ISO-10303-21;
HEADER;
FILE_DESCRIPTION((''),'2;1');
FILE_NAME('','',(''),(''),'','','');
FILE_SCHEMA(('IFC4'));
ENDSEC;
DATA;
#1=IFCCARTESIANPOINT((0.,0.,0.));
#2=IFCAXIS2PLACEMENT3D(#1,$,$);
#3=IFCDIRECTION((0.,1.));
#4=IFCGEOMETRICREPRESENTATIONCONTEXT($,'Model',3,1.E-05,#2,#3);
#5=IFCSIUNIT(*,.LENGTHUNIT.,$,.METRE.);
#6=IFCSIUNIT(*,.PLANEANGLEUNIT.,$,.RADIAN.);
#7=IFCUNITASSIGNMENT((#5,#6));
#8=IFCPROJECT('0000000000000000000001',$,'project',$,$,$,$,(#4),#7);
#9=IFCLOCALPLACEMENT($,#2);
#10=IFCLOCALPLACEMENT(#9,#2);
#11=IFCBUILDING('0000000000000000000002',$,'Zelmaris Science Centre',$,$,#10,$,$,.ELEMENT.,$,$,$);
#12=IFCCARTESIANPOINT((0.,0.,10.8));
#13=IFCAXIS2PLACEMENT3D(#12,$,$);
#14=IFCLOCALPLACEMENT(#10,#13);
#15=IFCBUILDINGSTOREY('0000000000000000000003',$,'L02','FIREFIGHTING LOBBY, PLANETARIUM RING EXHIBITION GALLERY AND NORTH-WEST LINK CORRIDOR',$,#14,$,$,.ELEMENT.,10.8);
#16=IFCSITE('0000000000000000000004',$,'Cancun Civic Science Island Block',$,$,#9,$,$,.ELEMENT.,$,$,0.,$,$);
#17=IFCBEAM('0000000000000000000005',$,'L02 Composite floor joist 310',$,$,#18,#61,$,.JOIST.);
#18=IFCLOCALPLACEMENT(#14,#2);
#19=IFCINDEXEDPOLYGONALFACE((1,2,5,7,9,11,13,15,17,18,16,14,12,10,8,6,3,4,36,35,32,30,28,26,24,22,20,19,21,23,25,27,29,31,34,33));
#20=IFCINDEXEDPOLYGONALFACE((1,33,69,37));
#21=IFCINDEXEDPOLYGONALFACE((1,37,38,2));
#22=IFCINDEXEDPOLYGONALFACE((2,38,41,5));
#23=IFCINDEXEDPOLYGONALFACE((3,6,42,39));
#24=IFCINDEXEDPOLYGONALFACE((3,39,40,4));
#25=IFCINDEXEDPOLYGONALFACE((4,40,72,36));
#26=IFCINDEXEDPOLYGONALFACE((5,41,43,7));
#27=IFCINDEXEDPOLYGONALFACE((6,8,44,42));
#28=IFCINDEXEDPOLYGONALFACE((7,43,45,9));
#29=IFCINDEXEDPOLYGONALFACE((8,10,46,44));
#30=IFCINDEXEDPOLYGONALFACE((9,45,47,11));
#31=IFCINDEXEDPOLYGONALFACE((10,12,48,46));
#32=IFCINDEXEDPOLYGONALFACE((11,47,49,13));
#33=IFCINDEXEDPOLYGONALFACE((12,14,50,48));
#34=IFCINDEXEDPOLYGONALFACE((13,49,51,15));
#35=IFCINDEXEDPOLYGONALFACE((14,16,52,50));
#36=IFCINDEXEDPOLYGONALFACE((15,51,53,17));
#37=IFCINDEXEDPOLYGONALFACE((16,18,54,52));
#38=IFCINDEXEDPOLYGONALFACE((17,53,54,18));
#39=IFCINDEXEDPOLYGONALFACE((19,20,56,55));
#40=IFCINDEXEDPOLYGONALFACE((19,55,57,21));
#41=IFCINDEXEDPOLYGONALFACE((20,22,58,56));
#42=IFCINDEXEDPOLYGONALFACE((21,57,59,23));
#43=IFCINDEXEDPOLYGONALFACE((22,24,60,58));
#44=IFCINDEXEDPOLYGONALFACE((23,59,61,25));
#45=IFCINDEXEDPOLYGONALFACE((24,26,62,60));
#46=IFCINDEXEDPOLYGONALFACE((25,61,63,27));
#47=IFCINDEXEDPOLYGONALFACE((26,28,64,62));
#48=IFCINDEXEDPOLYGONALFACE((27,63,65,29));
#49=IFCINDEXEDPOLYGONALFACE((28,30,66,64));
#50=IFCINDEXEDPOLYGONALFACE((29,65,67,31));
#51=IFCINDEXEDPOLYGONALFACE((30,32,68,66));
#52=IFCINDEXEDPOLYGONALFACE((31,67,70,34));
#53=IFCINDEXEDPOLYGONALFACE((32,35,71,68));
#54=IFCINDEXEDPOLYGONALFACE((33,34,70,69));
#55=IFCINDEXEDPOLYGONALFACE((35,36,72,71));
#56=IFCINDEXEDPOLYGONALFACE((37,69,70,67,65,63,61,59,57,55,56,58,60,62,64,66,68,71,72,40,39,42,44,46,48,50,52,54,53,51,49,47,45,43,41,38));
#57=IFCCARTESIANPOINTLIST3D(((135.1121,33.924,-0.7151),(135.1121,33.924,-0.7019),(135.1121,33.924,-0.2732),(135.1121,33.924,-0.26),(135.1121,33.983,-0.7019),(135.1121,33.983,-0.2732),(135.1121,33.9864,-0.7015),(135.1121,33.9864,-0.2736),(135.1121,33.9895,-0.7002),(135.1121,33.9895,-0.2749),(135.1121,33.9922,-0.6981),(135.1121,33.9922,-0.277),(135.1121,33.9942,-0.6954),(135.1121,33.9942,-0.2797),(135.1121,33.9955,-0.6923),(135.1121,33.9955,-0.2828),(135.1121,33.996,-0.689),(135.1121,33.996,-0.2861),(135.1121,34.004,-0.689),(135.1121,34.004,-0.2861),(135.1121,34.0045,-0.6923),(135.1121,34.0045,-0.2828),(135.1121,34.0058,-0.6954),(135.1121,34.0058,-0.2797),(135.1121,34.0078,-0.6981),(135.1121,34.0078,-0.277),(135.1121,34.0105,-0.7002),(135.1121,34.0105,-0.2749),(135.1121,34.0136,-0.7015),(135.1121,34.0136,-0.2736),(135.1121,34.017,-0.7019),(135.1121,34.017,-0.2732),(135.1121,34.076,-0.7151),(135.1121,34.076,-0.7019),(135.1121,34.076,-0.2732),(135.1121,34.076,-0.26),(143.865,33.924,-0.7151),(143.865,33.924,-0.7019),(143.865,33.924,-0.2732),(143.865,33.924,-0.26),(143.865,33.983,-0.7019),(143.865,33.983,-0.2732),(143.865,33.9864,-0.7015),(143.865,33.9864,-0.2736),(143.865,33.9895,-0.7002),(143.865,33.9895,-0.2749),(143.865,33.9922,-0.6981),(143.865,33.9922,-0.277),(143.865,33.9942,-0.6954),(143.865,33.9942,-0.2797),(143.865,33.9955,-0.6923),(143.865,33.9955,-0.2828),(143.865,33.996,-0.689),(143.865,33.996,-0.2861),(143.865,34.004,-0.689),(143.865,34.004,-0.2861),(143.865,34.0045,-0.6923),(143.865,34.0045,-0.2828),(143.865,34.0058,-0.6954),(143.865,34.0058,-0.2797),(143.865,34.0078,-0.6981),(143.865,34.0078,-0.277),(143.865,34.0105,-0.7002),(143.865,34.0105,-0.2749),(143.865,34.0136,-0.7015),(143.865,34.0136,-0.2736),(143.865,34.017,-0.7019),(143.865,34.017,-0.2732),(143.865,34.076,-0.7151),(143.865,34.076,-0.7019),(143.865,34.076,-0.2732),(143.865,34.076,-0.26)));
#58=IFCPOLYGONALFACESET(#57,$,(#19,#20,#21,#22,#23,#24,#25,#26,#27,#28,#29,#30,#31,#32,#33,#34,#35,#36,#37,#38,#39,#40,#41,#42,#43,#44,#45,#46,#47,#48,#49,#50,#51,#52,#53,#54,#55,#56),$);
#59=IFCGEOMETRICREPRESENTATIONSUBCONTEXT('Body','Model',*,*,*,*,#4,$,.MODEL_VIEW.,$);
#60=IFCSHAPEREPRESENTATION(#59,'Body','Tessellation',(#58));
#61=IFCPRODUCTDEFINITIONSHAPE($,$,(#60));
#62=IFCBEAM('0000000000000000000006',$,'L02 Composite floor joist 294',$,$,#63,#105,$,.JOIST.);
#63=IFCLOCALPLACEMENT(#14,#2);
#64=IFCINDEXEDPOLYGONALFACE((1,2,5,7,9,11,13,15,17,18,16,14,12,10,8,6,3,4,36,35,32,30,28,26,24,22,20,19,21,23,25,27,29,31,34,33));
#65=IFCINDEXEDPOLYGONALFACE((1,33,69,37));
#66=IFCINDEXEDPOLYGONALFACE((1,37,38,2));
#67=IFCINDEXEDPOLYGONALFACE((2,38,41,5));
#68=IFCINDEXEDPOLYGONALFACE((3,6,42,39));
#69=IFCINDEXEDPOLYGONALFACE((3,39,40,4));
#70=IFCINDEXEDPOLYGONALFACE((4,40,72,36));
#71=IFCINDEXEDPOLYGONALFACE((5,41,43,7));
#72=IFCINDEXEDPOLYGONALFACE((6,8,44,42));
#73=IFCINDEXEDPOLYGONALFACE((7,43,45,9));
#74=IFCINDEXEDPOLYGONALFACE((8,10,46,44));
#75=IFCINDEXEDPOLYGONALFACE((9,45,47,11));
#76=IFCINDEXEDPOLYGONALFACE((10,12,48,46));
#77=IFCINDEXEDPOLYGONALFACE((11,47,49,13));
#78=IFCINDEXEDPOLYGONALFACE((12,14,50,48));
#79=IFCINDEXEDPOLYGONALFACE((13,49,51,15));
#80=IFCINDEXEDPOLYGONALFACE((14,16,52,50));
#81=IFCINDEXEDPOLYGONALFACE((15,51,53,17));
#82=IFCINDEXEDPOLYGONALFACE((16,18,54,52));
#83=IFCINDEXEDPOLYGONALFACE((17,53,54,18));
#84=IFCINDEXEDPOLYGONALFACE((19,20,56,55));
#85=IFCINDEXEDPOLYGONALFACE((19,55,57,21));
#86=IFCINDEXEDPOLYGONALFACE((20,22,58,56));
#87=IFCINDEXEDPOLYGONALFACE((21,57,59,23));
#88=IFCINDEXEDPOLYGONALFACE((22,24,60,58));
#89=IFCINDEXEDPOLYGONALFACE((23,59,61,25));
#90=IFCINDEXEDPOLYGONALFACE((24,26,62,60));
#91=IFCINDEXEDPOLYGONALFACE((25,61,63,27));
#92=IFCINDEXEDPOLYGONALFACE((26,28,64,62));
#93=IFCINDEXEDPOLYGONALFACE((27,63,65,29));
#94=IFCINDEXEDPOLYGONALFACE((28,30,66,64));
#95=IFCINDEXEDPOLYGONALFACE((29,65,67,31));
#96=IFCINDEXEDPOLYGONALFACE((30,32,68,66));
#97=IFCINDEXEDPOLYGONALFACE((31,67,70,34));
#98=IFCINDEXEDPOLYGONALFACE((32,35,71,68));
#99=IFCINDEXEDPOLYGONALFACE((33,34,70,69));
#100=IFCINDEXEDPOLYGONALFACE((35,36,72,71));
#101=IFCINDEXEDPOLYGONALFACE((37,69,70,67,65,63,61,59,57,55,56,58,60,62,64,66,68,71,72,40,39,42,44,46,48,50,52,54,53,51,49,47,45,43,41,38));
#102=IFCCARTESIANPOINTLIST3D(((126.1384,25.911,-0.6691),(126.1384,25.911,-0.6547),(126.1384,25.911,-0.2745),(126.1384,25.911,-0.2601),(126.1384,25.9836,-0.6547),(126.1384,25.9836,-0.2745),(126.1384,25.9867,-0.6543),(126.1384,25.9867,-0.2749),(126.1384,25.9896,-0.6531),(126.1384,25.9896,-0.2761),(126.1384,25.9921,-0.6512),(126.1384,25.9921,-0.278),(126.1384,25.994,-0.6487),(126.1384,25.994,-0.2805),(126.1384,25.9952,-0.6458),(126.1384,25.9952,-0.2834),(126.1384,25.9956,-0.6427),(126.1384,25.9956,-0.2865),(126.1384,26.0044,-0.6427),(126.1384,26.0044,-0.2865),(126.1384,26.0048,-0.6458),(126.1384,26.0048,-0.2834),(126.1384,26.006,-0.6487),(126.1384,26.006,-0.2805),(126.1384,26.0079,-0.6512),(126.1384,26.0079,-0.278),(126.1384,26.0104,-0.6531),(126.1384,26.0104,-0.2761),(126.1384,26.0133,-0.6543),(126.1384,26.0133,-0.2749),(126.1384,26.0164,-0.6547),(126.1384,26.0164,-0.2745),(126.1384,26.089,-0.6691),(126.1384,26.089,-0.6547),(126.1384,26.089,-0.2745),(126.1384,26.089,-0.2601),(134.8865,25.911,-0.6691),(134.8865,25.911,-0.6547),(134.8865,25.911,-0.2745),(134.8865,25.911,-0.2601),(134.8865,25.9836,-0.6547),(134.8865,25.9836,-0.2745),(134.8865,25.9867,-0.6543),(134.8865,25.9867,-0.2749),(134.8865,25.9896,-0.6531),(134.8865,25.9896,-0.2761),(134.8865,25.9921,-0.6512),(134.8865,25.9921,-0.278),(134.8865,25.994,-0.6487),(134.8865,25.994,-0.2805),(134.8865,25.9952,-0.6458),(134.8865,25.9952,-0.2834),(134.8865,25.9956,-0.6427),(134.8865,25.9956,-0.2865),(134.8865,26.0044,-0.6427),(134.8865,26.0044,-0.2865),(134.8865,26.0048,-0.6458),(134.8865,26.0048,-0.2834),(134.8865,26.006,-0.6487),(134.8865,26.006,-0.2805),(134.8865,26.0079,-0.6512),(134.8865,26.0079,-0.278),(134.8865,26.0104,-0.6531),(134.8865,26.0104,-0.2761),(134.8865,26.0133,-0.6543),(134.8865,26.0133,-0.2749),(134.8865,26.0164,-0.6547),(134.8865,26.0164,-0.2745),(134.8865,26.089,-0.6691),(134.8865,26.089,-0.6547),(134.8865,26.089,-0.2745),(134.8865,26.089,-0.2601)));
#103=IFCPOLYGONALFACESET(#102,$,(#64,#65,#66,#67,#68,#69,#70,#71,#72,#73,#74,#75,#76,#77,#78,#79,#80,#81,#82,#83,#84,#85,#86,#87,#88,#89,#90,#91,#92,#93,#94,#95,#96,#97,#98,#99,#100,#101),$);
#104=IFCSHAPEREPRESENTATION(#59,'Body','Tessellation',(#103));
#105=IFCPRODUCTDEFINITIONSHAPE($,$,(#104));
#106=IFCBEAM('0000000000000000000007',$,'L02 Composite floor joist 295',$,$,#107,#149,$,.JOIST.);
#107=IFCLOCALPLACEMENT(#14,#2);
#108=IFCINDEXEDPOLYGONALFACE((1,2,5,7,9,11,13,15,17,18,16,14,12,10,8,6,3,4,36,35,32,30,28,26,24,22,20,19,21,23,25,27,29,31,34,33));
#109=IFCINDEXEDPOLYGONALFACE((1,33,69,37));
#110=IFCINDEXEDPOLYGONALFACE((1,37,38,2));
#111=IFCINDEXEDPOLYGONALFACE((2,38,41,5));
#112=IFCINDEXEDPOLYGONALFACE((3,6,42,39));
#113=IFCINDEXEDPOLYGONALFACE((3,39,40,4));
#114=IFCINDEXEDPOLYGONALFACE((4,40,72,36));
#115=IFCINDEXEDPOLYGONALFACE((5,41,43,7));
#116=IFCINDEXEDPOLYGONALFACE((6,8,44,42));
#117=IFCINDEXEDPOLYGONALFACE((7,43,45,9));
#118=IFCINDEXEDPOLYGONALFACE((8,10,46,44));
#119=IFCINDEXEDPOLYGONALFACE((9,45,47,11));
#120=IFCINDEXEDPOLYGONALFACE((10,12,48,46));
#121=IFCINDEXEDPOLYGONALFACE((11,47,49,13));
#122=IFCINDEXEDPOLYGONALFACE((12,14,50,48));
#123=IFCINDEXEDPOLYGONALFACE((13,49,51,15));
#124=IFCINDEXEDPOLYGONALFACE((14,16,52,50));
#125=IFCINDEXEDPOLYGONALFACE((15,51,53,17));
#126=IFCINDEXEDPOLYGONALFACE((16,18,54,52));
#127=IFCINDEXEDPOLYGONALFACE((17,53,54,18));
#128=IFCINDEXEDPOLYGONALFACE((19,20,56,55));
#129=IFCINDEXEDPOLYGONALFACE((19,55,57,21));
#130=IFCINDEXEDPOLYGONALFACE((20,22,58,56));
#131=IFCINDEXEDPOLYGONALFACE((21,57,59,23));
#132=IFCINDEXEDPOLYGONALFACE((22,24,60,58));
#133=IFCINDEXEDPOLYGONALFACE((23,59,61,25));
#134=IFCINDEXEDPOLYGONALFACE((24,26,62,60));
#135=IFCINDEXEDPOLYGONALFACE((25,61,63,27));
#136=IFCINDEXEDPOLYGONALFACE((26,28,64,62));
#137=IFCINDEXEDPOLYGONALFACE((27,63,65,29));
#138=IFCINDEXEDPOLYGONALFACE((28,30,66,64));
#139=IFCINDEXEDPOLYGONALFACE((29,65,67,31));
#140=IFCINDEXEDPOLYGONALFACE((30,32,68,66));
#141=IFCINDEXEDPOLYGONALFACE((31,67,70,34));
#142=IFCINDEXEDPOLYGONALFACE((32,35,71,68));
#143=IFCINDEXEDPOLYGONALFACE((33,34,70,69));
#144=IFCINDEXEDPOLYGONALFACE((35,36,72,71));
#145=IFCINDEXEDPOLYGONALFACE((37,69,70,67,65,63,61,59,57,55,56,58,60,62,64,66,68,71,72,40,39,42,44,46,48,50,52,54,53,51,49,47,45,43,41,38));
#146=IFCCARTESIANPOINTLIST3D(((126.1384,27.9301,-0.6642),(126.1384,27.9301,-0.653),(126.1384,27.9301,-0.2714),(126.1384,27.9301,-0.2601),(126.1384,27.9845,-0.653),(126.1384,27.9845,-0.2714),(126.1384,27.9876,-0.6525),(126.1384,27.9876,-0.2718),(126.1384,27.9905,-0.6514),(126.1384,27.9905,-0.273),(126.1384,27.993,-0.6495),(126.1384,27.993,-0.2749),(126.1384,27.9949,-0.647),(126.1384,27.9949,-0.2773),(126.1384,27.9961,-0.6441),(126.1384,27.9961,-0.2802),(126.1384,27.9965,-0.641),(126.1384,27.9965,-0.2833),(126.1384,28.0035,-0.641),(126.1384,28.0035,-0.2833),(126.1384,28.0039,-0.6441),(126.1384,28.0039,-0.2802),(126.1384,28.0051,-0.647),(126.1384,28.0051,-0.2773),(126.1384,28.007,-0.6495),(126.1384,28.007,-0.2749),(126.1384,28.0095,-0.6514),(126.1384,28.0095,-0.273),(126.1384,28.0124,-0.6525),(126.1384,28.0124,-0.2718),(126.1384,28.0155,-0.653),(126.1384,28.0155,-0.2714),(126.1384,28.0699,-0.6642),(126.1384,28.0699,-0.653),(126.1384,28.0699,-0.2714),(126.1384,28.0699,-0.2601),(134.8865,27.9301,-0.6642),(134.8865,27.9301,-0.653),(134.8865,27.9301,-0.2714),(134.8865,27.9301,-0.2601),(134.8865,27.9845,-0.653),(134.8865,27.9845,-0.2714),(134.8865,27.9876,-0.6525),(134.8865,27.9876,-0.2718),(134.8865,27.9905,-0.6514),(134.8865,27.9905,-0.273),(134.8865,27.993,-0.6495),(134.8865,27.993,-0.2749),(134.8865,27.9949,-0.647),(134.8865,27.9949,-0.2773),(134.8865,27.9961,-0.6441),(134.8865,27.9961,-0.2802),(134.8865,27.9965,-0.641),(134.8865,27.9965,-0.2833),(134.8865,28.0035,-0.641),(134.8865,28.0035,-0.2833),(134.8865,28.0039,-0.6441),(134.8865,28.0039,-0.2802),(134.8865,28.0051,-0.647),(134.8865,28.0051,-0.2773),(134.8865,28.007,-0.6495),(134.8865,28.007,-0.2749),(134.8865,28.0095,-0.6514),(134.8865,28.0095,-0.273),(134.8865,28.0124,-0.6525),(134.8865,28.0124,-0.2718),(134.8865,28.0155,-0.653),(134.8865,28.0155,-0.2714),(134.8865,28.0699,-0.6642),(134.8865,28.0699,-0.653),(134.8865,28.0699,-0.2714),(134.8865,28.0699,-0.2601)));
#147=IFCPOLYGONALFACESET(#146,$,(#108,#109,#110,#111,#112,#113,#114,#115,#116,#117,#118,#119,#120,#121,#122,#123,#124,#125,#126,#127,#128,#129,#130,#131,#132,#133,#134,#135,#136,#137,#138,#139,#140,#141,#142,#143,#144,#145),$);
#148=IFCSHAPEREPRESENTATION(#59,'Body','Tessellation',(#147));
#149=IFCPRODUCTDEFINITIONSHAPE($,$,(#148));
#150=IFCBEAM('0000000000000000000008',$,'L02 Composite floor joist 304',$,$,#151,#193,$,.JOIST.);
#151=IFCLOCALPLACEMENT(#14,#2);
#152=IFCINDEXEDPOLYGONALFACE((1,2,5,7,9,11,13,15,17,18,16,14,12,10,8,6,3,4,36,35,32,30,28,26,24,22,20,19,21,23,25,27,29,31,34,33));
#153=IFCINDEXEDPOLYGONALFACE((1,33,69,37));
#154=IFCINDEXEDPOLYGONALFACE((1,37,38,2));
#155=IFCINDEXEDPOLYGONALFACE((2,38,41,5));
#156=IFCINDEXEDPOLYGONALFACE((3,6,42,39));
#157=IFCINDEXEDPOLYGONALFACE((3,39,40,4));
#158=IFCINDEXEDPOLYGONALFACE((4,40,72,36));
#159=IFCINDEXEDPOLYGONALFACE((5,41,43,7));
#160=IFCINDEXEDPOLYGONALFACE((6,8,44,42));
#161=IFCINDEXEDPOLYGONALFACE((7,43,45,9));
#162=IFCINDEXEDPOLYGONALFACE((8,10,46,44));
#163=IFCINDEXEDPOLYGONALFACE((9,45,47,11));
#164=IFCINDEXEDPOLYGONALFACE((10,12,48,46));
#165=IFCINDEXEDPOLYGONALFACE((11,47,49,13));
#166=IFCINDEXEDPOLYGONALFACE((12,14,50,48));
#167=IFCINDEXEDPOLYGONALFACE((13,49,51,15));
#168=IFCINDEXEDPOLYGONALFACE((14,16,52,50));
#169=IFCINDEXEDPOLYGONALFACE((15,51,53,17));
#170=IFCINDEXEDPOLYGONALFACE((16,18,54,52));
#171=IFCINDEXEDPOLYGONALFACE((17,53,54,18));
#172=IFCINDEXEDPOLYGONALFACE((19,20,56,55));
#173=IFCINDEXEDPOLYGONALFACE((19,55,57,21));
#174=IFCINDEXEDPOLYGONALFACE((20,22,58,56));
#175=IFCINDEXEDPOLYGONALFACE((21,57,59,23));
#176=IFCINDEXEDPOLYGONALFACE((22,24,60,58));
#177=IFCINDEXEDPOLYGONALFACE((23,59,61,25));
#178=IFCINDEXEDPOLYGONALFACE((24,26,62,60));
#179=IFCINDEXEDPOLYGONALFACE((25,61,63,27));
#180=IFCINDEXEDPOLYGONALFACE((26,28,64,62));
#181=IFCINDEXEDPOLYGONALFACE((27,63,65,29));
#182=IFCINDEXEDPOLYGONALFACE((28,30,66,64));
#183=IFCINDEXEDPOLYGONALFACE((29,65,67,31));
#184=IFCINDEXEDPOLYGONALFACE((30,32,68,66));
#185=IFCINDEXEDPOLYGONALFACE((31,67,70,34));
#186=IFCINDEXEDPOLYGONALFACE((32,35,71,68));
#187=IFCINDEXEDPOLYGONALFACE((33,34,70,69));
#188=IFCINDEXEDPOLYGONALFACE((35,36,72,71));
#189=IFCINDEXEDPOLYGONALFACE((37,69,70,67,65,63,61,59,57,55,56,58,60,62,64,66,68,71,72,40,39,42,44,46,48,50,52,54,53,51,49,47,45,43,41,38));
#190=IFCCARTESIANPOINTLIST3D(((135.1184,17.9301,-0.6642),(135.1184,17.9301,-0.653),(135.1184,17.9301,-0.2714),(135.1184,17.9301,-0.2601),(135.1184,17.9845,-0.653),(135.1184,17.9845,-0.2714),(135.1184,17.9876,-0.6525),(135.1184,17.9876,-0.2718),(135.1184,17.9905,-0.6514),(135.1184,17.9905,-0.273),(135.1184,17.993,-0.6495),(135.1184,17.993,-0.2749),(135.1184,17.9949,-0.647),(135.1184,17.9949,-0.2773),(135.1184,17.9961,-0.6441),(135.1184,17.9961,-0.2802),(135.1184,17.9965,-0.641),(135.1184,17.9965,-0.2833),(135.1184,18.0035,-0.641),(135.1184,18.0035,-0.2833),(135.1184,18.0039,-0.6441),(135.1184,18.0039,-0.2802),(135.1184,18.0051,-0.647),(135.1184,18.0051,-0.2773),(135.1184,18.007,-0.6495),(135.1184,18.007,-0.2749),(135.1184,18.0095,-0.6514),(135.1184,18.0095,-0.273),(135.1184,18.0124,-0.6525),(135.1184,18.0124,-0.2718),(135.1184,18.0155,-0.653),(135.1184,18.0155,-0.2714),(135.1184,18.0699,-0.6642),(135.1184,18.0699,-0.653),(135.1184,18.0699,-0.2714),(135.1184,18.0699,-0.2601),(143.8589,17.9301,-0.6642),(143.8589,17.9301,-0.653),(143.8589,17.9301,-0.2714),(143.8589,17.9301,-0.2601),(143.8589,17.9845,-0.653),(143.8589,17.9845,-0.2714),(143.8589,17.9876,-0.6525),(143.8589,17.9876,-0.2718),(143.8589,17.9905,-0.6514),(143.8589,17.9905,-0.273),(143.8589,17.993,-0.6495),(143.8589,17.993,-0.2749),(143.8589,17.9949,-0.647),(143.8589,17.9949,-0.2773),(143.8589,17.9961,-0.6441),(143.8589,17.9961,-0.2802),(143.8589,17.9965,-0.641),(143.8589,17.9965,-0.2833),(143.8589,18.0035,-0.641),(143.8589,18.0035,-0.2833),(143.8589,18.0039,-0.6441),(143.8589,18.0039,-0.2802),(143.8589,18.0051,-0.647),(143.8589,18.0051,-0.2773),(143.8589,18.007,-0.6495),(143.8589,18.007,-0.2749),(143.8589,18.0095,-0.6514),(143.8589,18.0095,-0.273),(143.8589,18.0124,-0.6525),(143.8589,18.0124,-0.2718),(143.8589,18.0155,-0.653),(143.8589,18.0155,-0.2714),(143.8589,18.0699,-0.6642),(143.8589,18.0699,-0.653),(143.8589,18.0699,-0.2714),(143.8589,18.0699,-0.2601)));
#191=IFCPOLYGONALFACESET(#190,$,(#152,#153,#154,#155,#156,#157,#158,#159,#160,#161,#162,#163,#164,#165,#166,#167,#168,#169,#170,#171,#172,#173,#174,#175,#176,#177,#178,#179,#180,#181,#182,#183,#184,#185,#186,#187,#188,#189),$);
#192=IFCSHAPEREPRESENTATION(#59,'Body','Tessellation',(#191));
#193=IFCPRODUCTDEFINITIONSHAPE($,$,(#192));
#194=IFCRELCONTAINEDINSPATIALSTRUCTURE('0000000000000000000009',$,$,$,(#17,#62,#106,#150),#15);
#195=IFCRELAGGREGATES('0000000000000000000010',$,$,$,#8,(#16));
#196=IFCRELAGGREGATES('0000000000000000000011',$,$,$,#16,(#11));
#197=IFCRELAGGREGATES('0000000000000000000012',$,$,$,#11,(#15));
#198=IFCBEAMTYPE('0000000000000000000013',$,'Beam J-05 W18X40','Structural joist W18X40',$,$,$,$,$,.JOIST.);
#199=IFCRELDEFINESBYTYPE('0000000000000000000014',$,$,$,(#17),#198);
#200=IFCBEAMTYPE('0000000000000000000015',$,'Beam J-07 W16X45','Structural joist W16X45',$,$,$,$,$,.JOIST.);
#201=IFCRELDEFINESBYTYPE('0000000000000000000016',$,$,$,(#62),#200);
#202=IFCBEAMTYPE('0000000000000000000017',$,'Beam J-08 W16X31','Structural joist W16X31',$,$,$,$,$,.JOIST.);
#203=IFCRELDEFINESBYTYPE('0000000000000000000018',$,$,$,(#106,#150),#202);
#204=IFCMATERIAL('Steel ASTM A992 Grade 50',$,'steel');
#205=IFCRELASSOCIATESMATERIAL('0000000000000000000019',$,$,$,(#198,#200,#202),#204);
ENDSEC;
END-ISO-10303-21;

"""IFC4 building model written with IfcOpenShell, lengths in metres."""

from ifc_helpers import new_model, si_unit, direction, frame, origin, origin_2d, place, context, subcontext, project, spatial, i_section, extrude, material, material_profile, profile_set, type_object, element, save


model = new_model("IFC4")

# Units and contexts
model_context = context("Model", 3, precision=1e-05, world=origin(), true_north=direction((0.0, 1.0)))
body_context = subcontext(model_context, "Body", "Model", "MODEL_VIEW")
ifc_project = project(units=[si_unit("LENGTHUNIT", "METRE"), si_unit("PLANEANGLEUNIT", "RADIAN")], contexts=[model_context])

# Site, building, storey
site_placement = place(None, origin())
site = spatial("IfcSite", under=ifc_project, at=site_placement, Name="Cancun Civic Science Island Block", CompositionType="ELEMENT", RefElevation=0.0)
building_placement = place(site_placement, origin())
building = spatial("IfcBuilding", under=site, at=building_placement, Name="Zelmaris Science Centre", CompositionType="ELEMENT")
storey_placement = place(building_placement, frame((0.0, 0.0, 10.8)))
storey = spatial("IfcBuildingStorey", under=building, at=storey_placement, Name="L02", Description="FIREFIGHTING LOBBY, PLANETARIUM RING EXHIBITION GALLERY AND NORTH-WEST LINK CORRIDOR", CompositionType="ELEMENT", Elevation=10.8)

# Shared definitions
ifc_material_1 = material(Name="Steel ASTM A992 Grade 50", Category="steel")

# Beams
ifc_material_profile_1 = material_profile(ifc_material_1, i_section(OverallWidth=0.1521, OverallDepth=0.4551, WebThickness=0.0081, FlangeThickness=0.0132, FilletRadius=0.0129, at=origin_2d()), Name="W18X40")
ifc_profile_set_1 = profile_set([ifc_material_profile_1], Name="Steel ASTM A992 Grade 50")
beam_type_1 = type_object("IfcBeamType", Name="Beam J-05 W18X40", Description="Structural joist W18X40", PredefinedType="JOIST", material=ifc_profile_set_1)
beam_1_placement = place(storey_placement, frame((135.1121, 34.0, -0.4875), z_axis=(1.0, 0.0, 0.0), x_axis=(0.0, 1.0, 0.0)))
element("IfcBeam", 1, at=beam_1_placement, inside=storey, type_object=beam_type_1, Name="L02 Composite floor joist 310", PredefinedType="JOIST", context=body_context, shape_type="SweptSolid", body=[
    extrude(i_section(OverallWidth=0.1521, OverallDepth=0.4551, WebThickness=0.0081, FlangeThickness=0.0132, FilletRadius=0.0129, at=origin_2d()), origin(), (0.0, 0.0, 1.0), 8.7529),
])
ifc_material_profile_2 = material_profile(ifc_material_1, i_section(OverallWidth=0.178, OverallDepth=0.4089, WebThickness=0.0088, FlangeThickness=0.0144, FilletRadius=0.012, at=origin_2d()), Name="W16X45")
ifc_profile_set_2 = profile_set([ifc_material_profile_2], Name="Steel ASTM A992 Grade 50")
beam_type_2 = type_object("IfcBeamType", Name="Beam J-07 W16X45", Description="Structural joist W16X45", PredefinedType="JOIST", material=ifc_profile_set_2)
beam_2_placement = place(storey_placement, frame((126.1384, 26.0, -0.4646), z_axis=(1.0, 0.0, 0.0), x_axis=(0.0, 1.0, 0.0)))
element("IfcBeam", 2, at=beam_2_placement, inside=storey, type_object=beam_type_2, Name="L02 Composite floor joist 294", PredefinedType="JOIST", context=body_context, shape_type="SweptSolid", body=[
    extrude(i_section(OverallWidth=0.178, OverallDepth=0.4089, WebThickness=0.0088, FlangeThickness=0.0144, FilletRadius=0.012, at=origin_2d()), origin(), (0.0, 0.0, 1.0), 8.748),
])
ifc_material_profile_3 = material_profile(ifc_material_1, i_section(OverallWidth=0.1399, OverallDepth=0.4041, WebThickness=0.0071, FlangeThickness=0.0112, FilletRadius=0.012, at=origin_2d()), Name="W16X31")
ifc_profile_set_3 = profile_set([ifc_material_profile_3], Name="Steel ASTM A992 Grade 50")
beam_type_3 = type_object("IfcBeamType", Name="Beam J-08 W16X31", Description="Structural joist W16X31", PredefinedType="JOIST", material=ifc_profile_set_3)
beam_3_placement = place(storey_placement, frame((126.1384, 28.0, -0.4622), z_axis=(1.0, 0.0, 0.0), x_axis=(0.0, 1.0, 0.0)))
element("IfcBeam", 3, at=beam_3_placement, inside=storey, type_object=beam_type_3, Name="L02 Composite floor joist 295", PredefinedType="JOIST", context=body_context, shape_type="SweptSolid", body=[
    extrude(i_section(OverallWidth=0.1399, OverallDepth=0.4041, WebThickness=0.0071, FlangeThickness=0.0112, FilletRadius=0.012, at=origin_2d()), origin(), (0.0, 0.0, 1.0), 8.748),
])
beam_4_placement = place(storey_placement, frame((135.1184, 18.0, -0.4622), z_axis=(1.0, 0.0, 0.0), x_axis=(0.0, 1.0, 0.0)))
element("IfcBeam", 4, at=beam_4_placement, inside=storey, type_object=beam_type_3, Name="L02 Composite floor joist 304", PredefinedType="JOIST", context=body_context, shape_type="SweptSolid", body=[
    extrude(i_section(OverallWidth=0.1399, OverallDepth=0.4041, WebThickness=0.0071, FlangeThickness=0.0112, FilletRadius=0.012, at=origin_2d()), origin(), (0.0, 0.0, 1.0), 8.7405),
])

save(model, "model.ifc")
